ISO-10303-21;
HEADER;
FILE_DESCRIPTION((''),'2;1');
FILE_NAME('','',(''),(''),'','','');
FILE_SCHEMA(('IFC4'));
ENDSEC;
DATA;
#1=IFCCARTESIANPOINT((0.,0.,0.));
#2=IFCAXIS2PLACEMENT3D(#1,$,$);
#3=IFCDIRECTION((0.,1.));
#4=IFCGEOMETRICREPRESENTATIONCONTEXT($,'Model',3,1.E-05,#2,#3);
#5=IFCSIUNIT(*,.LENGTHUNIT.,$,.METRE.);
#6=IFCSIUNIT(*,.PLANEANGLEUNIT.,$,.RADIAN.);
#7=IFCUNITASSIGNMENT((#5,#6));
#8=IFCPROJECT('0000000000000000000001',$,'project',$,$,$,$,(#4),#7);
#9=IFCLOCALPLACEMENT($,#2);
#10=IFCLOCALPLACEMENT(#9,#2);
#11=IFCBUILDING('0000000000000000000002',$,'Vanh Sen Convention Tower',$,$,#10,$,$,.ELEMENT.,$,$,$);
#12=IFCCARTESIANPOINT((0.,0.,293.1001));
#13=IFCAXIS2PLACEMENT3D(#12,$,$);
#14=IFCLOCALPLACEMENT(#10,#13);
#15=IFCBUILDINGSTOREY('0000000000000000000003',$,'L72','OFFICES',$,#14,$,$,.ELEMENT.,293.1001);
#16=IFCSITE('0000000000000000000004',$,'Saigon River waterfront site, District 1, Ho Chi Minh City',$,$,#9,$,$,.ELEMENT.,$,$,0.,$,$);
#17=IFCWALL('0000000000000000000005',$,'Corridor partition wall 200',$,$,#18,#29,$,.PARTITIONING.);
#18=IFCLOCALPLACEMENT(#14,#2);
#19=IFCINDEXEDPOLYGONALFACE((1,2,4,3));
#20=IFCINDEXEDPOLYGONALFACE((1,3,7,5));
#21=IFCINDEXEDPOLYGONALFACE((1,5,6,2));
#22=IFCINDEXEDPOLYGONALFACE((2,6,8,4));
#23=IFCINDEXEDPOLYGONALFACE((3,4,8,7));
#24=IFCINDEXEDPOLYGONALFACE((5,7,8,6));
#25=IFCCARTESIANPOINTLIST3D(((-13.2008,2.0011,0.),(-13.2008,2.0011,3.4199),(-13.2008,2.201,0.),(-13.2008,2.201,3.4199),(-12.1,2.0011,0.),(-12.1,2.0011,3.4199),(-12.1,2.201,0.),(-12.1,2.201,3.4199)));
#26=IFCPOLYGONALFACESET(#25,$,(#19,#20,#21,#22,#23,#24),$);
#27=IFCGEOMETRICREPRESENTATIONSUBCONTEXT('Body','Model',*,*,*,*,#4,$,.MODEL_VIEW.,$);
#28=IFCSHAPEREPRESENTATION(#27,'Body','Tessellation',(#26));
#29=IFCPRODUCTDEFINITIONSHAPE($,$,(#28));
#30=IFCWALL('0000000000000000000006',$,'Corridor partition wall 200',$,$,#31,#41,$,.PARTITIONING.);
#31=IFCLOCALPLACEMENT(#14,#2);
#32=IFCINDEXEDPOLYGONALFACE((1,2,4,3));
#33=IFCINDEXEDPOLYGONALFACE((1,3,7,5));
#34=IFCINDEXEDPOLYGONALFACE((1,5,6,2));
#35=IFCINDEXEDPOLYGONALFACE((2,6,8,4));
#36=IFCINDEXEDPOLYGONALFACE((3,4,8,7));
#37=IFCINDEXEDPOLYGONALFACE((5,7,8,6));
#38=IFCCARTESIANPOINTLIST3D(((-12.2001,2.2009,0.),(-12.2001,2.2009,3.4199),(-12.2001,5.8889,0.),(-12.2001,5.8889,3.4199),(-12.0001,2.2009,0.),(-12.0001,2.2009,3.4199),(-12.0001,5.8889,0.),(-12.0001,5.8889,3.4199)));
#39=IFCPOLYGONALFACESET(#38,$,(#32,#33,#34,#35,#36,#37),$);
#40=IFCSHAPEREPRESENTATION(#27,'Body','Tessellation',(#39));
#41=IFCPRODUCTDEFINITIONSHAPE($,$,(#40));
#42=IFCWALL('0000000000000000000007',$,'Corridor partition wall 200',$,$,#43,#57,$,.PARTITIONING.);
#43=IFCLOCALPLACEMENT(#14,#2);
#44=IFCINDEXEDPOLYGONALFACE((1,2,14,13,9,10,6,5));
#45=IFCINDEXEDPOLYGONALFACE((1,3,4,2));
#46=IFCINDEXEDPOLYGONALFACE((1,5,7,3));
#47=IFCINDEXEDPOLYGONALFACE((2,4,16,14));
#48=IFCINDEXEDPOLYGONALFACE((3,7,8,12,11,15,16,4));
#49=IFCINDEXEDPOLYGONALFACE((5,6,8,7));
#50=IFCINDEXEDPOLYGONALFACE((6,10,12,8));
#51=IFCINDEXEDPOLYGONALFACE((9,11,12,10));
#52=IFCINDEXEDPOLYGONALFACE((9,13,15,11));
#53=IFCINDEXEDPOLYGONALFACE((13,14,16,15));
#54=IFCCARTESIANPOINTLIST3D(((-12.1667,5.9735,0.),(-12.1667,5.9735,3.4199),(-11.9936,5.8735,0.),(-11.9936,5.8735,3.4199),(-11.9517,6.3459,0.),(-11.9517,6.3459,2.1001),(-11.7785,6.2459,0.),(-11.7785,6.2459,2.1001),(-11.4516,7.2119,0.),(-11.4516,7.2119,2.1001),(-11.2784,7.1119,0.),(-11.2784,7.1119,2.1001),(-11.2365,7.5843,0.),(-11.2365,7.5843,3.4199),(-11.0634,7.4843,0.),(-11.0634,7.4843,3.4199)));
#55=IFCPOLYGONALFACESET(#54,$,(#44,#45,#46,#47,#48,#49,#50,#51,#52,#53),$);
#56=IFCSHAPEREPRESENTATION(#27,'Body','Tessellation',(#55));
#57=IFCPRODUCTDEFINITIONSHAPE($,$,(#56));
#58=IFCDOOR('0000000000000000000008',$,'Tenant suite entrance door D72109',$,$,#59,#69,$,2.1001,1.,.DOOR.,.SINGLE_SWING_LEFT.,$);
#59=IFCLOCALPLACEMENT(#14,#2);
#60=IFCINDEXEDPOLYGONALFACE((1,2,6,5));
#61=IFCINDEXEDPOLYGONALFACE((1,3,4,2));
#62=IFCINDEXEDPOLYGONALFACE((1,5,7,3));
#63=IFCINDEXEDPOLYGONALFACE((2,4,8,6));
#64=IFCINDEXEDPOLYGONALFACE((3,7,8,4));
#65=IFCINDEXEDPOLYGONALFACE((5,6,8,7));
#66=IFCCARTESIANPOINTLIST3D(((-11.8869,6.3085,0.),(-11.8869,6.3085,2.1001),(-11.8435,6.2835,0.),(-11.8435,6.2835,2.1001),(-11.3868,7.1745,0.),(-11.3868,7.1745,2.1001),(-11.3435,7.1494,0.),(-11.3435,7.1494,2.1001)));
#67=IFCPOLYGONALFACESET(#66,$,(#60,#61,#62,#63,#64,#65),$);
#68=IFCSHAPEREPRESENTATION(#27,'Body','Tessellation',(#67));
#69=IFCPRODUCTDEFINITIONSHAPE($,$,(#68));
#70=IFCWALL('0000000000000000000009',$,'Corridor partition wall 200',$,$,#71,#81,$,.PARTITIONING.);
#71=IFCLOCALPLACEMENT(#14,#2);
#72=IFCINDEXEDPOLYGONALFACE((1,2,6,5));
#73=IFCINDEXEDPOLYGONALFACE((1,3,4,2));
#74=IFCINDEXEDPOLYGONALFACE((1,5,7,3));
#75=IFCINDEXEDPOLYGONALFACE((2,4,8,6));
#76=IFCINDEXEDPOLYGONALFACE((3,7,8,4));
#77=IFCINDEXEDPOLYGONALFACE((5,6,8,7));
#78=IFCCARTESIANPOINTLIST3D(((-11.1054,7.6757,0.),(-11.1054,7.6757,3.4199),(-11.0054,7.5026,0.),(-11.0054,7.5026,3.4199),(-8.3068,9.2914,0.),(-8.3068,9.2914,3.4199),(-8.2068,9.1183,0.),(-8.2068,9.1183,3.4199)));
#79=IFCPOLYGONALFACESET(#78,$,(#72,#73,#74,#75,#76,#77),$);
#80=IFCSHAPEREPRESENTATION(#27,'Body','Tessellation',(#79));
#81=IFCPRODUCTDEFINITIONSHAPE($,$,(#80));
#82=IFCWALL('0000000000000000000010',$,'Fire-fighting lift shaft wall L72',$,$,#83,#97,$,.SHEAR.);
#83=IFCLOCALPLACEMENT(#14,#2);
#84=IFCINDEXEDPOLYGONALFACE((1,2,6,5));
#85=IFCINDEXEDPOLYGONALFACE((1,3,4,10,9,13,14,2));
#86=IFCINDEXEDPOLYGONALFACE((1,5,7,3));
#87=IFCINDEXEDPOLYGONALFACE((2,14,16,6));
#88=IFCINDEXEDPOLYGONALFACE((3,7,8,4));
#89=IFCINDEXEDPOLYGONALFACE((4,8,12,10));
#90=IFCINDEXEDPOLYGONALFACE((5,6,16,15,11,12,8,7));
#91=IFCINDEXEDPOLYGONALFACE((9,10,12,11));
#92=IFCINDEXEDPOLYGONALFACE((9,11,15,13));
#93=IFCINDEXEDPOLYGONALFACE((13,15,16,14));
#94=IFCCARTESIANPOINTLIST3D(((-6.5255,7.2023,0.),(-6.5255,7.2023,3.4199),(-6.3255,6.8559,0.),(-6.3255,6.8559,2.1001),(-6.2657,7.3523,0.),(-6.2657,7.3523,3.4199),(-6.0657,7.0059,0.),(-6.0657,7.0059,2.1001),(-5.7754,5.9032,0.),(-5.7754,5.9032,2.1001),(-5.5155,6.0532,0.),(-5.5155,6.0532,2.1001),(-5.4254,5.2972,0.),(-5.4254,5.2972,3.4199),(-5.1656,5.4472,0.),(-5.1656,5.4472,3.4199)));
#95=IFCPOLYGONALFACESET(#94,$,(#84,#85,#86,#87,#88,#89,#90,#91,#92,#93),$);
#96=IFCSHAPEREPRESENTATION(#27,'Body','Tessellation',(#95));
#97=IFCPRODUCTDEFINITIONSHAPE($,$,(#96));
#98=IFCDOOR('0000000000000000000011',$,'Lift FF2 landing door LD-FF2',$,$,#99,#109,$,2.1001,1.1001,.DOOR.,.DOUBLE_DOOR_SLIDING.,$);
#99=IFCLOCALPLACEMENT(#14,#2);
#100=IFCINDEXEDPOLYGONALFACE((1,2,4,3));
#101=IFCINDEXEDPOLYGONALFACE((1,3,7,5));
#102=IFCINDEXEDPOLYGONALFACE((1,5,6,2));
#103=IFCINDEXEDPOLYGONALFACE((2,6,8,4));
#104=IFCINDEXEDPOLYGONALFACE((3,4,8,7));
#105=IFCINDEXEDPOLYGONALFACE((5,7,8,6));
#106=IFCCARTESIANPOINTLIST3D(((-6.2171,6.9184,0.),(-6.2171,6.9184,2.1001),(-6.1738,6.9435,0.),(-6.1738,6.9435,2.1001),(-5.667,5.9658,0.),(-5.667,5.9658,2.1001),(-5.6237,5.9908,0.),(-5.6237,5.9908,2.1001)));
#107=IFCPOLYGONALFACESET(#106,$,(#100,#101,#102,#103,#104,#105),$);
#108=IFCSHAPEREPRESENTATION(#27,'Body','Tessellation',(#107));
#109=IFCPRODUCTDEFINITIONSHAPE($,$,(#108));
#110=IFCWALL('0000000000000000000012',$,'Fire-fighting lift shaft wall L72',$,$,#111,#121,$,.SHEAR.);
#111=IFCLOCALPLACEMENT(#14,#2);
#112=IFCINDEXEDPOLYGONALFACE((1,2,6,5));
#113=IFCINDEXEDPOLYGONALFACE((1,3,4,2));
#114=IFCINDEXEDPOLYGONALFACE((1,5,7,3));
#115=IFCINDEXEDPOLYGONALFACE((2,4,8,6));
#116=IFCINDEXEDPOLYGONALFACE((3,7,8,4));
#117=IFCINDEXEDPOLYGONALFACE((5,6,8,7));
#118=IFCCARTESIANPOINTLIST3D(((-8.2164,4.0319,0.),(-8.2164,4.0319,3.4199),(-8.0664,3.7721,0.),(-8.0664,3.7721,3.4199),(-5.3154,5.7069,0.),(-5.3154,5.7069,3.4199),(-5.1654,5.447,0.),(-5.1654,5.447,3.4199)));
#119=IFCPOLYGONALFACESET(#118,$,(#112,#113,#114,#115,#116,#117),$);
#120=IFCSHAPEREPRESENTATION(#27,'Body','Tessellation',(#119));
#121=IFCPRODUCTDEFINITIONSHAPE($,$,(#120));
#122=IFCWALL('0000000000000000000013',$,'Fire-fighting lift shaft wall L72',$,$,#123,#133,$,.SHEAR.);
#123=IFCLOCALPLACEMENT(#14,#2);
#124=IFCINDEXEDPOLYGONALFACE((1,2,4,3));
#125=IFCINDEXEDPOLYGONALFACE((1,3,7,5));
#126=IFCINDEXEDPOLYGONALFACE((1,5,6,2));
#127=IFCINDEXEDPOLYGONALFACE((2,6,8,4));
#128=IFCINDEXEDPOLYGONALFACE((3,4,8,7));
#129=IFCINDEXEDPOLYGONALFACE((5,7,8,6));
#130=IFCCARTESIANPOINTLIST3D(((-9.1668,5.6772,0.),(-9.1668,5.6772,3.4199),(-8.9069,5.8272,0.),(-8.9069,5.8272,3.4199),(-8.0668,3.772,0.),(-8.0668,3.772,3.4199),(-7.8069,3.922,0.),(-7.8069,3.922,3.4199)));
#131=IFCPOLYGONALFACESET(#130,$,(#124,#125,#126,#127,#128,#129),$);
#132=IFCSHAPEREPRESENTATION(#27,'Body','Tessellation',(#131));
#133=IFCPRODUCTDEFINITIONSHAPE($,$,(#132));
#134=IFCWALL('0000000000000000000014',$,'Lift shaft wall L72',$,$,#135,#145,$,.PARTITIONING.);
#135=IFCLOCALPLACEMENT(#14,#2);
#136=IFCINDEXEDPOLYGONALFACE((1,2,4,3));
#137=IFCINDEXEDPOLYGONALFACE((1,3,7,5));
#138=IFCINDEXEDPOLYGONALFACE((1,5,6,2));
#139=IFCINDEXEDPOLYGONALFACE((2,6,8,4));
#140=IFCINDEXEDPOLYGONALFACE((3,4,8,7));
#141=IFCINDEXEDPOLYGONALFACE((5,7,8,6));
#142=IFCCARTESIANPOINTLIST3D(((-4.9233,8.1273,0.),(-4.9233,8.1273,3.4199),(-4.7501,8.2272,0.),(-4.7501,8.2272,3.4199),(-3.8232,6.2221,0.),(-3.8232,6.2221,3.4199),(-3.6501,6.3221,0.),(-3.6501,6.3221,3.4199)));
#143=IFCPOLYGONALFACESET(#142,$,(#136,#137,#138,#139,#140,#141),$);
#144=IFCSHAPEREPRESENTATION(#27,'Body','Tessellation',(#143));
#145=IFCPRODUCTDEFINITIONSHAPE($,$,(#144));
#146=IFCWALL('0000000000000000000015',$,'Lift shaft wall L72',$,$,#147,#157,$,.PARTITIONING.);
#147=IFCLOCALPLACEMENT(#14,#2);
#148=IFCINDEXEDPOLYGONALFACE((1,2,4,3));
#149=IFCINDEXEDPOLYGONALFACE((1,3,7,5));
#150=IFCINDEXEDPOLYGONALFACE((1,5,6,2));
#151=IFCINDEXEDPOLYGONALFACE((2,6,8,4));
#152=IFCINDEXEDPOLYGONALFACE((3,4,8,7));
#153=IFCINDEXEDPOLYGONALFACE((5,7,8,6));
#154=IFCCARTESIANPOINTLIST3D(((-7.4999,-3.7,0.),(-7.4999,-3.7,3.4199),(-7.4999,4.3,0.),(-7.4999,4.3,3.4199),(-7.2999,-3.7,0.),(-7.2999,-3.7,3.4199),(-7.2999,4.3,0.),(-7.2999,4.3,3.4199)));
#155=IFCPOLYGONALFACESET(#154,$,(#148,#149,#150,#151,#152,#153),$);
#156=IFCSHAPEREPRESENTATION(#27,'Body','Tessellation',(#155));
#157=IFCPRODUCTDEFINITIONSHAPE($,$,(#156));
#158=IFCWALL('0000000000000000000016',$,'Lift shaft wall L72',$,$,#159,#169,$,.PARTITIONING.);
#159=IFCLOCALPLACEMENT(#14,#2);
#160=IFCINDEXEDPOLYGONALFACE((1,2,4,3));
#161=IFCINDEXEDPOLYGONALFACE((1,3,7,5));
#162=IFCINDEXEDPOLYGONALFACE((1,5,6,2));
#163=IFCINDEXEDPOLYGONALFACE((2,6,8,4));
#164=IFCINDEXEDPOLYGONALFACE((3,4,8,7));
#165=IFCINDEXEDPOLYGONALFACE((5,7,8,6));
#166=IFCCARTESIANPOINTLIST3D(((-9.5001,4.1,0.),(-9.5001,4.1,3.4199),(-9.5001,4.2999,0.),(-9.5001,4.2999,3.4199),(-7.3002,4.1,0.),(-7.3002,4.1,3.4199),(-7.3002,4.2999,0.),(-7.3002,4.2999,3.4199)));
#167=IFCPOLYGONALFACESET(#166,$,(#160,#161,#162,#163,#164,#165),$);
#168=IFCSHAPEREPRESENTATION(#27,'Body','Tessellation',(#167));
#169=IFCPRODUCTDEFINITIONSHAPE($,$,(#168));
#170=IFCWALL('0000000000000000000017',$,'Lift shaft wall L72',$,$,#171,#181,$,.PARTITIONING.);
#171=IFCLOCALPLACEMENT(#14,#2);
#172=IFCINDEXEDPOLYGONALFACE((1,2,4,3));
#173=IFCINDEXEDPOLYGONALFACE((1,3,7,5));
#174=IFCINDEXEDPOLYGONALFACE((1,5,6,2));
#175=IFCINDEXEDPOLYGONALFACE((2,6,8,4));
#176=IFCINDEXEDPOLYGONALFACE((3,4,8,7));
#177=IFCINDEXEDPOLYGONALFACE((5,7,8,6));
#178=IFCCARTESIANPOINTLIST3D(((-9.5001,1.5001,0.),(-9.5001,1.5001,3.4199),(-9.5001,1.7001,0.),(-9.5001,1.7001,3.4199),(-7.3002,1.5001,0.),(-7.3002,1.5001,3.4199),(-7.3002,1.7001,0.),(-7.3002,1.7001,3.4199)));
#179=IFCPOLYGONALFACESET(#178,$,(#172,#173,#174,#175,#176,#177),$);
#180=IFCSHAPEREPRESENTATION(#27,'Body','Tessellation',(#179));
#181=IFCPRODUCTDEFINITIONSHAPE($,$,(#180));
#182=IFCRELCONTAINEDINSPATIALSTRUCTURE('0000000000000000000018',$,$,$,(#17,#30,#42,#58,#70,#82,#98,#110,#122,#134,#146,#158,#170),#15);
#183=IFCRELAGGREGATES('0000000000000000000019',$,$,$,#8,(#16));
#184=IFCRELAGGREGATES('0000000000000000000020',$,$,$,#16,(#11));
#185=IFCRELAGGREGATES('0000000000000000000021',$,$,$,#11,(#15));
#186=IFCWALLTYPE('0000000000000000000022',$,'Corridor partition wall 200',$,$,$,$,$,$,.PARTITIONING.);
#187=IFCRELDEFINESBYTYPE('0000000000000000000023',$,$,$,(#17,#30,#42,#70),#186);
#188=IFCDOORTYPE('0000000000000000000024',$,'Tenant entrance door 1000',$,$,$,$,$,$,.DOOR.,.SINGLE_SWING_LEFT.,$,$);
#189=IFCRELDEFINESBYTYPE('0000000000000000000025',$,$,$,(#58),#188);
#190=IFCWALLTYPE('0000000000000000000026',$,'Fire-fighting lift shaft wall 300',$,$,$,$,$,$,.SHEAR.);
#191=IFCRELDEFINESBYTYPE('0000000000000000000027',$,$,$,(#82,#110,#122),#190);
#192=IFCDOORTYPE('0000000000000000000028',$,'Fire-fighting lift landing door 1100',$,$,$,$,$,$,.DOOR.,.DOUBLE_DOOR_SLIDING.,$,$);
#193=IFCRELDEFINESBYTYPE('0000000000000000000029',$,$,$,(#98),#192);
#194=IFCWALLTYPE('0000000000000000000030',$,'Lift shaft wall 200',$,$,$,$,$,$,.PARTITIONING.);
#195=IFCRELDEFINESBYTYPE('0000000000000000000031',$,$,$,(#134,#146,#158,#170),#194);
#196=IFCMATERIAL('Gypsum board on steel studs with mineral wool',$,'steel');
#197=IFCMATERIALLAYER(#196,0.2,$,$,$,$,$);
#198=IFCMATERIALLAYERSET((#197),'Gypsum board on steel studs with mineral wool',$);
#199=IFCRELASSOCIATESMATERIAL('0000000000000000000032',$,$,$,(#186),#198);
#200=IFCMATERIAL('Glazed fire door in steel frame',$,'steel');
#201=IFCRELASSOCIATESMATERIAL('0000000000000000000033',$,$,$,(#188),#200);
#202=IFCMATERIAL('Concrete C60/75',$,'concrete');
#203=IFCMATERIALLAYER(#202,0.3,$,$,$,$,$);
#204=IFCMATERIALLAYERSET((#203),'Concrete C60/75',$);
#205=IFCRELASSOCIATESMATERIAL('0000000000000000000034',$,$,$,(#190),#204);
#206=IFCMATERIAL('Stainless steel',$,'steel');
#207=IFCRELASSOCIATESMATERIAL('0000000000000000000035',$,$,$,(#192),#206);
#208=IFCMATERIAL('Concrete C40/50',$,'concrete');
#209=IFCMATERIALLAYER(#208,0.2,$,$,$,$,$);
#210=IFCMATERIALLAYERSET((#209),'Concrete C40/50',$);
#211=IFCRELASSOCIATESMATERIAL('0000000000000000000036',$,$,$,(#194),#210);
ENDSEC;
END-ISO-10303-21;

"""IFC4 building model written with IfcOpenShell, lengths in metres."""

from ifc_helpers import new_model, si_unit, direction, frame, frame_2d, origin, place, context, subcontext, project, spatial, rectangle, extrude, material, layer, layer_set, type_object, element, fill, save


model = new_model("IFC4")

# Units and contexts
model_context = context("Model", 3, precision=1e-05, world=origin(), true_north=direction((0.0, 1.0)))
body_context = subcontext(model_context, "Body", "Model", "MODEL_VIEW")
ifc_project = project(units=[si_unit("LENGTHUNIT", "METRE"), si_unit("PLANEANGLEUNIT", "RADIAN")], contexts=[model_context])

# Site, building, storey
site_placement = place(None, origin())
site = spatial("IfcSite", under=ifc_project, at=site_placement, Name="Saigon River waterfront site, District 1, Ho Chi Minh City", CompositionType="ELEMENT", RefElevation=0.0)
building_placement = place(site_placement, origin())
building = spatial("IfcBuilding", under=site, at=building_placement, Name="Vanh Sen Convention Tower", CompositionType="ELEMENT")
storey_placement = place(building_placement, frame((0.0, 0.0, 293.1001)))
storey = spatial("IfcBuildingStorey", under=building, at=storey_placement, Name="L72", Description="OFFICES", CompositionType="ELEMENT", Elevation=293.1001)

# Shared definitions
ifc_material_1 = material(Name="Concrete C60/75", Category="concrete")
ifc_material_2 = material(Name="Stainless steel", Category="steel")

# Shared definitions
ifc_material_3 = material(Name="Gypsum board on steel studs with mineral wool", Category="steel")
ifc_layer_1 = layer(ifc_material_3, 0.2)
ifc_layer_set_1 = layer_set([ifc_layer_1], Name="Gypsum board on steel studs with mineral wool")
wall_type_1 = type_object("IfcWallType", Name="Corridor partition wall 200", PredefinedType="PARTITIONING", material=ifc_layer_set_1)

# Walls
wall_1_placement = place(storey_placement, frame((-12.1001, 2.1011, 0.0), z_axis=(0.0, 0.0, 1.0), x_axis=(-1.0, 0.0, 0.0)))
element("IfcWall", 1, at=wall_1_placement, inside=storey, type_object=wall_type_1, Name="Corridor partition wall 200", PredefinedType="PARTITIONING", context=body_context, shape_type="SweptSolid", body=[
    extrude(rectangle(XDim=1.1008, YDim=0.2, at=frame_2d((0.5503, 0.0))), origin(), (0.0, 0.0, 1.0), 3.4199),
])
wall_2_placement = place(storey_placement, frame((-12.1001, 5.8889, 0.0), z_axis=(0.0, 0.0, 1.0), x_axis=(0.0, -1.0, 0.0)))
element("IfcWall", 2, at=wall_2_placement, inside=storey, type_object=wall_type_1, Name="Corridor partition wall 200", PredefinedType="PARTITIONING", context=body_context, shape_type="SweptSolid", body=[
    extrude(rectangle(XDim=3.688, YDim=0.2, at=frame_2d((1.844, 0.0))), origin(), (0.0, 0.0, 1.0), 3.4199),
])

# Wall, opening, door
wall_3_placement = place(storey_placement, frame((-11.1499, 7.5344, 0.0), z_axis=(0.0, 0.0, 1.0), x_axis=(-0.500063, -0.865989, 0.0)))
wall_3 = element("IfcWall", 3, at=wall_3_placement, inside=storey, type_object=wall_type_1, Name="Corridor partition wall 200", PredefinedType="PARTITIONING", context=body_context, shape_type="SweptSolid", body=[
    extrude(rectangle(XDim=1.8601, YDim=0.2, at=frame_2d((0.9302, 0.0))), origin(), (0.0, 0.0, 1.0), 3.4199),
])
opening_1_placement = place(wall_3_placement, frame((0.4302, 0.0, 0.0)))
opening_1 = element("IfcOpeningElement", 4, at=opening_1_placement, cuts=wall_3, PredefinedType="OPENING", context=body_context, shape_type="SweptSolid", body=[
    extrude(rectangle(XDim=1.0, YDim=2.1001, at=frame_2d((0.5, 1.05))), frame((0.0, 0.1099, 0.0), z_axis=(0.0, -1.0, 0.0), x_axis=(1.0, 0.0, 0.0)), (0.0, 0.0, 1.0), 0.22),
])
ifc_material_4 = material(Name="Glazed fire door in steel frame", Category="steel")
door_type_1 = type_object("IfcDoorType", Name="Tenant entrance door 1000", OperationType="SINGLE_SWING_LEFT", PredefinedType="DOOR", material=ifc_material_4)
door_1_placement = place(opening_1_placement, origin())
door_1 = element("IfcDoor", 5, at=door_1_placement, inside=storey, type_object=door_type_1, Name="Tenant suite entrance door D72109", OperationType="SINGLE_SWING_LEFT", OverallHeight=2.1001, OverallWidth=1.0, PredefinedType="DOOR", context=body_context, shape_type="SweptSolid", body=[
    extrude(rectangle(XDim=1.0, YDim=2.1001, at=frame_2d((0.5, 1.05))), frame((0.0, 0.0249, 0.0), z_axis=(0.0, -1.0, 0.0), x_axis=(1.0, 0.0, 0.0)), (0.0, 0.0, 1.0), 0.05),
])
fill(opening_1, door_1)

# Wall
wall_4_placement = place(storey_placement, frame((-8.2568, 9.2048, 0.0), z_axis=(0.0, 0.0, 1.0), x_axis=(-0.866031, -0.499991, 0.0)))
element("IfcWall", 6, at=wall_4_placement, inside=storey, type_object=wall_type_1, Name="Corridor partition wall 200", PredefinedType="PARTITIONING", context=body_context, shape_type="SweptSolid", body=[
    extrude(rectangle(XDim=3.2314, YDim=0.2, at=frame_2d((1.6157, 0.0))), origin(), (0.0, 0.0, 1.0), 3.4199),
])

# Wall, opening, door
ifc_layer_2 = layer(ifc_material_1, 0.3)
ifc_layer_set_2 = layer_set([ifc_layer_2], Name="Concrete C60/75")
wall_type_2 = type_object("IfcWallType", Name="Fire-fighting lift shaft wall 300", PredefinedType="SHEAR", material=ifc_layer_set_2)
wall_5_placement = place(storey_placement, frame((-5.2954, 5.3721, 0.0), z_axis=(0.0, 0.0, 1.0), x_axis=(-0.500078, 0.86598, 0.0)))
wall_5 = element("IfcWall", 7, at=wall_5_placement, inside=storey, type_object=wall_type_2, Name="Fire-fighting lift shaft wall L72", PredefinedType="SHEAR", context=body_context, shape_type="SweptSolid", body=[
    extrude(rectangle(XDim=2.2, YDim=0.3, at=frame_2d((1.1001, 0.0))), origin(), (0.0, 0.0, 1.0), 3.4199),
])
opening_2_placement = place(wall_5_placement, frame((0.7, 0.0, 0.0)))
opening_2 = element("IfcOpeningElement", 8, at=opening_2_placement, cuts=wall_5, PredefinedType="OPENING", context=body_context, shape_type="SweptSolid", body=[
    extrude(rectangle(XDim=1.1001, YDim=2.1001, at=frame_2d((0.55, 1.05))), frame((0.0, 0.1599, 0.0), z_axis=(0.0, -1.0, 0.0), x_axis=(1.0, 0.0, 0.0)), (0.0, 0.0, 1.0), 0.3201),
])
door_type_2 = type_object("IfcDoorType", Name="Fire-fighting lift landing door 1100", OperationType="DOUBLE_DOOR_SLIDING", PredefinedType="DOOR", material=ifc_material_2)
door_2_placement = place(opening_2_placement, origin())
door_2 = element("IfcDoor", 9, at=door_2_placement, inside=storey, type_object=door_type_2, Name="Lift FF2 landing door LD-FF2", OperationType="DOUBLE_DOOR_SLIDING", OverallHeight=2.1001, OverallWidth=1.1001, PredefinedType="DOOR", context=body_context, shape_type="SweptSolid", body=[
    extrude(rectangle(XDim=1.1001, YDim=2.1001, at=frame_2d((0.55, 1.05))), frame((0.0, 0.0249, 0.0), z_axis=(0.0, -1.0, 0.0), x_axis=(1.0, 0.0, 0.0)), (0.0, 0.0, 1.0), 0.05),
])
fill(opening_2, door_2)

# Walls
wall_6_placement = place(storey_placement, frame((-5.2405, 5.5769, 0.0), z_axis=(0.0, 0.0, 1.0), x_axis=(-0.866014, -0.500019, 0.0)))
element("IfcWall", 10, at=wall_6_placement, inside=storey, type_object=wall_type_2, Name="Fire-fighting lift shaft wall L72", PredefinedType="SHEAR", context=body_context, shape_type="SweptSolid", body=[
    extrude(rectangle(XDim=3.3499, YDim=0.3, at=frame_2d((1.6748, 0.0))), origin(), (0.0, 0.0, 1.0), 3.4199),
])
wall_7_placement = place(storey_placement, frame((-7.9368, 3.8469, 0.0), z_axis=(0.0, 0.0, 1.0), x_axis=(-0.50003, 0.866008, 0.0)))
element("IfcWall", 11, at=wall_7_placement, inside=storey, type_object=wall_type_2, Name="Fire-fighting lift shaft wall L72", PredefinedType="SHEAR", context=body_context, shape_type="SweptSolid", body=[
    extrude(rectangle(XDim=2.2, YDim=0.3, at=frame_2d((1.1001, 0.0))), origin(), (0.0, 0.0, 1.0), 3.4199),
])
ifc_material_5 = material(Name="Concrete C40/50", Category="concrete")
ifc_layer_3 = layer(ifc_material_5, 0.2)
ifc_layer_set_3 = layer_set([ifc_layer_3], Name="Concrete C40/50")
wall_type_3 = type_object("IfcWallType", Name="Lift shaft wall 200", PredefinedType="PARTITIONING", material=ifc_layer_set_3)
wall_8_placement = place(storey_placement, frame((-3.7366, 6.272, 0.0), z_axis=(0.0, 0.0, 1.0), x_axis=(-0.50003, 0.866008, 0.0)))
element("IfcWall", 12, at=wall_8_placement, inside=storey, type_object=wall_type_3, Name="Lift shaft wall L72", PredefinedType="PARTITIONING", context=body_context, shape_type="SweptSolid", body=[
    extrude(rectangle(XDim=2.2, YDim=0.2, at=frame_2d((1.1001, 0.0))), origin(), (0.0, 0.0, 1.0), 3.4199),
])
wall_9_placement = place(storey_placement, frame((-7.3999, 4.3, 0.0), z_axis=(0.0, 0.0, 1.0), x_axis=(0.0, -1.0, 0.0)))
element("IfcWall", 13, at=wall_9_placement, inside=storey, type_object=wall_type_3, Name="Lift shaft wall L72", PredefinedType="PARTITIONING", context=body_context, shape_type="SweptSolid", body=[
    extrude(rectangle(XDim=8.0, YDim=0.2, at=frame_2d((4.0, 0.0))), origin(), (0.0, 0.0, 1.0), 3.4199),
])
for number, where, z_axis, x_axis, name in (
    (14, (-7.3, 4.2, 0.0), (0.0, 0.0, 1.0), (-1.0, 0.0, 0.0), "Lift shaft wall L72"),
    (15, (-7.3, 1.6001, 0.0), (0.0, 0.0, 1.0), (-1.0, 0.0, 0.0), "Lift shaft wall L72"),
):
    element("IfcWall", number, at=place(storey_placement, frame(where, z_axis=z_axis, x_axis=x_axis)), inside=storey, type_object=wall_type_3, Name=name, PredefinedType="PARTITIONING", context=body_context, shape_type="SweptSolid", body=[
        extrude(rectangle(XDim=2.2, YDim=0.2, at=frame_2d((1.1001, 0.0))), origin(), (0.0, 0.0, 1.0), 3.4199),
    ])

save(model, "model.ifc")
